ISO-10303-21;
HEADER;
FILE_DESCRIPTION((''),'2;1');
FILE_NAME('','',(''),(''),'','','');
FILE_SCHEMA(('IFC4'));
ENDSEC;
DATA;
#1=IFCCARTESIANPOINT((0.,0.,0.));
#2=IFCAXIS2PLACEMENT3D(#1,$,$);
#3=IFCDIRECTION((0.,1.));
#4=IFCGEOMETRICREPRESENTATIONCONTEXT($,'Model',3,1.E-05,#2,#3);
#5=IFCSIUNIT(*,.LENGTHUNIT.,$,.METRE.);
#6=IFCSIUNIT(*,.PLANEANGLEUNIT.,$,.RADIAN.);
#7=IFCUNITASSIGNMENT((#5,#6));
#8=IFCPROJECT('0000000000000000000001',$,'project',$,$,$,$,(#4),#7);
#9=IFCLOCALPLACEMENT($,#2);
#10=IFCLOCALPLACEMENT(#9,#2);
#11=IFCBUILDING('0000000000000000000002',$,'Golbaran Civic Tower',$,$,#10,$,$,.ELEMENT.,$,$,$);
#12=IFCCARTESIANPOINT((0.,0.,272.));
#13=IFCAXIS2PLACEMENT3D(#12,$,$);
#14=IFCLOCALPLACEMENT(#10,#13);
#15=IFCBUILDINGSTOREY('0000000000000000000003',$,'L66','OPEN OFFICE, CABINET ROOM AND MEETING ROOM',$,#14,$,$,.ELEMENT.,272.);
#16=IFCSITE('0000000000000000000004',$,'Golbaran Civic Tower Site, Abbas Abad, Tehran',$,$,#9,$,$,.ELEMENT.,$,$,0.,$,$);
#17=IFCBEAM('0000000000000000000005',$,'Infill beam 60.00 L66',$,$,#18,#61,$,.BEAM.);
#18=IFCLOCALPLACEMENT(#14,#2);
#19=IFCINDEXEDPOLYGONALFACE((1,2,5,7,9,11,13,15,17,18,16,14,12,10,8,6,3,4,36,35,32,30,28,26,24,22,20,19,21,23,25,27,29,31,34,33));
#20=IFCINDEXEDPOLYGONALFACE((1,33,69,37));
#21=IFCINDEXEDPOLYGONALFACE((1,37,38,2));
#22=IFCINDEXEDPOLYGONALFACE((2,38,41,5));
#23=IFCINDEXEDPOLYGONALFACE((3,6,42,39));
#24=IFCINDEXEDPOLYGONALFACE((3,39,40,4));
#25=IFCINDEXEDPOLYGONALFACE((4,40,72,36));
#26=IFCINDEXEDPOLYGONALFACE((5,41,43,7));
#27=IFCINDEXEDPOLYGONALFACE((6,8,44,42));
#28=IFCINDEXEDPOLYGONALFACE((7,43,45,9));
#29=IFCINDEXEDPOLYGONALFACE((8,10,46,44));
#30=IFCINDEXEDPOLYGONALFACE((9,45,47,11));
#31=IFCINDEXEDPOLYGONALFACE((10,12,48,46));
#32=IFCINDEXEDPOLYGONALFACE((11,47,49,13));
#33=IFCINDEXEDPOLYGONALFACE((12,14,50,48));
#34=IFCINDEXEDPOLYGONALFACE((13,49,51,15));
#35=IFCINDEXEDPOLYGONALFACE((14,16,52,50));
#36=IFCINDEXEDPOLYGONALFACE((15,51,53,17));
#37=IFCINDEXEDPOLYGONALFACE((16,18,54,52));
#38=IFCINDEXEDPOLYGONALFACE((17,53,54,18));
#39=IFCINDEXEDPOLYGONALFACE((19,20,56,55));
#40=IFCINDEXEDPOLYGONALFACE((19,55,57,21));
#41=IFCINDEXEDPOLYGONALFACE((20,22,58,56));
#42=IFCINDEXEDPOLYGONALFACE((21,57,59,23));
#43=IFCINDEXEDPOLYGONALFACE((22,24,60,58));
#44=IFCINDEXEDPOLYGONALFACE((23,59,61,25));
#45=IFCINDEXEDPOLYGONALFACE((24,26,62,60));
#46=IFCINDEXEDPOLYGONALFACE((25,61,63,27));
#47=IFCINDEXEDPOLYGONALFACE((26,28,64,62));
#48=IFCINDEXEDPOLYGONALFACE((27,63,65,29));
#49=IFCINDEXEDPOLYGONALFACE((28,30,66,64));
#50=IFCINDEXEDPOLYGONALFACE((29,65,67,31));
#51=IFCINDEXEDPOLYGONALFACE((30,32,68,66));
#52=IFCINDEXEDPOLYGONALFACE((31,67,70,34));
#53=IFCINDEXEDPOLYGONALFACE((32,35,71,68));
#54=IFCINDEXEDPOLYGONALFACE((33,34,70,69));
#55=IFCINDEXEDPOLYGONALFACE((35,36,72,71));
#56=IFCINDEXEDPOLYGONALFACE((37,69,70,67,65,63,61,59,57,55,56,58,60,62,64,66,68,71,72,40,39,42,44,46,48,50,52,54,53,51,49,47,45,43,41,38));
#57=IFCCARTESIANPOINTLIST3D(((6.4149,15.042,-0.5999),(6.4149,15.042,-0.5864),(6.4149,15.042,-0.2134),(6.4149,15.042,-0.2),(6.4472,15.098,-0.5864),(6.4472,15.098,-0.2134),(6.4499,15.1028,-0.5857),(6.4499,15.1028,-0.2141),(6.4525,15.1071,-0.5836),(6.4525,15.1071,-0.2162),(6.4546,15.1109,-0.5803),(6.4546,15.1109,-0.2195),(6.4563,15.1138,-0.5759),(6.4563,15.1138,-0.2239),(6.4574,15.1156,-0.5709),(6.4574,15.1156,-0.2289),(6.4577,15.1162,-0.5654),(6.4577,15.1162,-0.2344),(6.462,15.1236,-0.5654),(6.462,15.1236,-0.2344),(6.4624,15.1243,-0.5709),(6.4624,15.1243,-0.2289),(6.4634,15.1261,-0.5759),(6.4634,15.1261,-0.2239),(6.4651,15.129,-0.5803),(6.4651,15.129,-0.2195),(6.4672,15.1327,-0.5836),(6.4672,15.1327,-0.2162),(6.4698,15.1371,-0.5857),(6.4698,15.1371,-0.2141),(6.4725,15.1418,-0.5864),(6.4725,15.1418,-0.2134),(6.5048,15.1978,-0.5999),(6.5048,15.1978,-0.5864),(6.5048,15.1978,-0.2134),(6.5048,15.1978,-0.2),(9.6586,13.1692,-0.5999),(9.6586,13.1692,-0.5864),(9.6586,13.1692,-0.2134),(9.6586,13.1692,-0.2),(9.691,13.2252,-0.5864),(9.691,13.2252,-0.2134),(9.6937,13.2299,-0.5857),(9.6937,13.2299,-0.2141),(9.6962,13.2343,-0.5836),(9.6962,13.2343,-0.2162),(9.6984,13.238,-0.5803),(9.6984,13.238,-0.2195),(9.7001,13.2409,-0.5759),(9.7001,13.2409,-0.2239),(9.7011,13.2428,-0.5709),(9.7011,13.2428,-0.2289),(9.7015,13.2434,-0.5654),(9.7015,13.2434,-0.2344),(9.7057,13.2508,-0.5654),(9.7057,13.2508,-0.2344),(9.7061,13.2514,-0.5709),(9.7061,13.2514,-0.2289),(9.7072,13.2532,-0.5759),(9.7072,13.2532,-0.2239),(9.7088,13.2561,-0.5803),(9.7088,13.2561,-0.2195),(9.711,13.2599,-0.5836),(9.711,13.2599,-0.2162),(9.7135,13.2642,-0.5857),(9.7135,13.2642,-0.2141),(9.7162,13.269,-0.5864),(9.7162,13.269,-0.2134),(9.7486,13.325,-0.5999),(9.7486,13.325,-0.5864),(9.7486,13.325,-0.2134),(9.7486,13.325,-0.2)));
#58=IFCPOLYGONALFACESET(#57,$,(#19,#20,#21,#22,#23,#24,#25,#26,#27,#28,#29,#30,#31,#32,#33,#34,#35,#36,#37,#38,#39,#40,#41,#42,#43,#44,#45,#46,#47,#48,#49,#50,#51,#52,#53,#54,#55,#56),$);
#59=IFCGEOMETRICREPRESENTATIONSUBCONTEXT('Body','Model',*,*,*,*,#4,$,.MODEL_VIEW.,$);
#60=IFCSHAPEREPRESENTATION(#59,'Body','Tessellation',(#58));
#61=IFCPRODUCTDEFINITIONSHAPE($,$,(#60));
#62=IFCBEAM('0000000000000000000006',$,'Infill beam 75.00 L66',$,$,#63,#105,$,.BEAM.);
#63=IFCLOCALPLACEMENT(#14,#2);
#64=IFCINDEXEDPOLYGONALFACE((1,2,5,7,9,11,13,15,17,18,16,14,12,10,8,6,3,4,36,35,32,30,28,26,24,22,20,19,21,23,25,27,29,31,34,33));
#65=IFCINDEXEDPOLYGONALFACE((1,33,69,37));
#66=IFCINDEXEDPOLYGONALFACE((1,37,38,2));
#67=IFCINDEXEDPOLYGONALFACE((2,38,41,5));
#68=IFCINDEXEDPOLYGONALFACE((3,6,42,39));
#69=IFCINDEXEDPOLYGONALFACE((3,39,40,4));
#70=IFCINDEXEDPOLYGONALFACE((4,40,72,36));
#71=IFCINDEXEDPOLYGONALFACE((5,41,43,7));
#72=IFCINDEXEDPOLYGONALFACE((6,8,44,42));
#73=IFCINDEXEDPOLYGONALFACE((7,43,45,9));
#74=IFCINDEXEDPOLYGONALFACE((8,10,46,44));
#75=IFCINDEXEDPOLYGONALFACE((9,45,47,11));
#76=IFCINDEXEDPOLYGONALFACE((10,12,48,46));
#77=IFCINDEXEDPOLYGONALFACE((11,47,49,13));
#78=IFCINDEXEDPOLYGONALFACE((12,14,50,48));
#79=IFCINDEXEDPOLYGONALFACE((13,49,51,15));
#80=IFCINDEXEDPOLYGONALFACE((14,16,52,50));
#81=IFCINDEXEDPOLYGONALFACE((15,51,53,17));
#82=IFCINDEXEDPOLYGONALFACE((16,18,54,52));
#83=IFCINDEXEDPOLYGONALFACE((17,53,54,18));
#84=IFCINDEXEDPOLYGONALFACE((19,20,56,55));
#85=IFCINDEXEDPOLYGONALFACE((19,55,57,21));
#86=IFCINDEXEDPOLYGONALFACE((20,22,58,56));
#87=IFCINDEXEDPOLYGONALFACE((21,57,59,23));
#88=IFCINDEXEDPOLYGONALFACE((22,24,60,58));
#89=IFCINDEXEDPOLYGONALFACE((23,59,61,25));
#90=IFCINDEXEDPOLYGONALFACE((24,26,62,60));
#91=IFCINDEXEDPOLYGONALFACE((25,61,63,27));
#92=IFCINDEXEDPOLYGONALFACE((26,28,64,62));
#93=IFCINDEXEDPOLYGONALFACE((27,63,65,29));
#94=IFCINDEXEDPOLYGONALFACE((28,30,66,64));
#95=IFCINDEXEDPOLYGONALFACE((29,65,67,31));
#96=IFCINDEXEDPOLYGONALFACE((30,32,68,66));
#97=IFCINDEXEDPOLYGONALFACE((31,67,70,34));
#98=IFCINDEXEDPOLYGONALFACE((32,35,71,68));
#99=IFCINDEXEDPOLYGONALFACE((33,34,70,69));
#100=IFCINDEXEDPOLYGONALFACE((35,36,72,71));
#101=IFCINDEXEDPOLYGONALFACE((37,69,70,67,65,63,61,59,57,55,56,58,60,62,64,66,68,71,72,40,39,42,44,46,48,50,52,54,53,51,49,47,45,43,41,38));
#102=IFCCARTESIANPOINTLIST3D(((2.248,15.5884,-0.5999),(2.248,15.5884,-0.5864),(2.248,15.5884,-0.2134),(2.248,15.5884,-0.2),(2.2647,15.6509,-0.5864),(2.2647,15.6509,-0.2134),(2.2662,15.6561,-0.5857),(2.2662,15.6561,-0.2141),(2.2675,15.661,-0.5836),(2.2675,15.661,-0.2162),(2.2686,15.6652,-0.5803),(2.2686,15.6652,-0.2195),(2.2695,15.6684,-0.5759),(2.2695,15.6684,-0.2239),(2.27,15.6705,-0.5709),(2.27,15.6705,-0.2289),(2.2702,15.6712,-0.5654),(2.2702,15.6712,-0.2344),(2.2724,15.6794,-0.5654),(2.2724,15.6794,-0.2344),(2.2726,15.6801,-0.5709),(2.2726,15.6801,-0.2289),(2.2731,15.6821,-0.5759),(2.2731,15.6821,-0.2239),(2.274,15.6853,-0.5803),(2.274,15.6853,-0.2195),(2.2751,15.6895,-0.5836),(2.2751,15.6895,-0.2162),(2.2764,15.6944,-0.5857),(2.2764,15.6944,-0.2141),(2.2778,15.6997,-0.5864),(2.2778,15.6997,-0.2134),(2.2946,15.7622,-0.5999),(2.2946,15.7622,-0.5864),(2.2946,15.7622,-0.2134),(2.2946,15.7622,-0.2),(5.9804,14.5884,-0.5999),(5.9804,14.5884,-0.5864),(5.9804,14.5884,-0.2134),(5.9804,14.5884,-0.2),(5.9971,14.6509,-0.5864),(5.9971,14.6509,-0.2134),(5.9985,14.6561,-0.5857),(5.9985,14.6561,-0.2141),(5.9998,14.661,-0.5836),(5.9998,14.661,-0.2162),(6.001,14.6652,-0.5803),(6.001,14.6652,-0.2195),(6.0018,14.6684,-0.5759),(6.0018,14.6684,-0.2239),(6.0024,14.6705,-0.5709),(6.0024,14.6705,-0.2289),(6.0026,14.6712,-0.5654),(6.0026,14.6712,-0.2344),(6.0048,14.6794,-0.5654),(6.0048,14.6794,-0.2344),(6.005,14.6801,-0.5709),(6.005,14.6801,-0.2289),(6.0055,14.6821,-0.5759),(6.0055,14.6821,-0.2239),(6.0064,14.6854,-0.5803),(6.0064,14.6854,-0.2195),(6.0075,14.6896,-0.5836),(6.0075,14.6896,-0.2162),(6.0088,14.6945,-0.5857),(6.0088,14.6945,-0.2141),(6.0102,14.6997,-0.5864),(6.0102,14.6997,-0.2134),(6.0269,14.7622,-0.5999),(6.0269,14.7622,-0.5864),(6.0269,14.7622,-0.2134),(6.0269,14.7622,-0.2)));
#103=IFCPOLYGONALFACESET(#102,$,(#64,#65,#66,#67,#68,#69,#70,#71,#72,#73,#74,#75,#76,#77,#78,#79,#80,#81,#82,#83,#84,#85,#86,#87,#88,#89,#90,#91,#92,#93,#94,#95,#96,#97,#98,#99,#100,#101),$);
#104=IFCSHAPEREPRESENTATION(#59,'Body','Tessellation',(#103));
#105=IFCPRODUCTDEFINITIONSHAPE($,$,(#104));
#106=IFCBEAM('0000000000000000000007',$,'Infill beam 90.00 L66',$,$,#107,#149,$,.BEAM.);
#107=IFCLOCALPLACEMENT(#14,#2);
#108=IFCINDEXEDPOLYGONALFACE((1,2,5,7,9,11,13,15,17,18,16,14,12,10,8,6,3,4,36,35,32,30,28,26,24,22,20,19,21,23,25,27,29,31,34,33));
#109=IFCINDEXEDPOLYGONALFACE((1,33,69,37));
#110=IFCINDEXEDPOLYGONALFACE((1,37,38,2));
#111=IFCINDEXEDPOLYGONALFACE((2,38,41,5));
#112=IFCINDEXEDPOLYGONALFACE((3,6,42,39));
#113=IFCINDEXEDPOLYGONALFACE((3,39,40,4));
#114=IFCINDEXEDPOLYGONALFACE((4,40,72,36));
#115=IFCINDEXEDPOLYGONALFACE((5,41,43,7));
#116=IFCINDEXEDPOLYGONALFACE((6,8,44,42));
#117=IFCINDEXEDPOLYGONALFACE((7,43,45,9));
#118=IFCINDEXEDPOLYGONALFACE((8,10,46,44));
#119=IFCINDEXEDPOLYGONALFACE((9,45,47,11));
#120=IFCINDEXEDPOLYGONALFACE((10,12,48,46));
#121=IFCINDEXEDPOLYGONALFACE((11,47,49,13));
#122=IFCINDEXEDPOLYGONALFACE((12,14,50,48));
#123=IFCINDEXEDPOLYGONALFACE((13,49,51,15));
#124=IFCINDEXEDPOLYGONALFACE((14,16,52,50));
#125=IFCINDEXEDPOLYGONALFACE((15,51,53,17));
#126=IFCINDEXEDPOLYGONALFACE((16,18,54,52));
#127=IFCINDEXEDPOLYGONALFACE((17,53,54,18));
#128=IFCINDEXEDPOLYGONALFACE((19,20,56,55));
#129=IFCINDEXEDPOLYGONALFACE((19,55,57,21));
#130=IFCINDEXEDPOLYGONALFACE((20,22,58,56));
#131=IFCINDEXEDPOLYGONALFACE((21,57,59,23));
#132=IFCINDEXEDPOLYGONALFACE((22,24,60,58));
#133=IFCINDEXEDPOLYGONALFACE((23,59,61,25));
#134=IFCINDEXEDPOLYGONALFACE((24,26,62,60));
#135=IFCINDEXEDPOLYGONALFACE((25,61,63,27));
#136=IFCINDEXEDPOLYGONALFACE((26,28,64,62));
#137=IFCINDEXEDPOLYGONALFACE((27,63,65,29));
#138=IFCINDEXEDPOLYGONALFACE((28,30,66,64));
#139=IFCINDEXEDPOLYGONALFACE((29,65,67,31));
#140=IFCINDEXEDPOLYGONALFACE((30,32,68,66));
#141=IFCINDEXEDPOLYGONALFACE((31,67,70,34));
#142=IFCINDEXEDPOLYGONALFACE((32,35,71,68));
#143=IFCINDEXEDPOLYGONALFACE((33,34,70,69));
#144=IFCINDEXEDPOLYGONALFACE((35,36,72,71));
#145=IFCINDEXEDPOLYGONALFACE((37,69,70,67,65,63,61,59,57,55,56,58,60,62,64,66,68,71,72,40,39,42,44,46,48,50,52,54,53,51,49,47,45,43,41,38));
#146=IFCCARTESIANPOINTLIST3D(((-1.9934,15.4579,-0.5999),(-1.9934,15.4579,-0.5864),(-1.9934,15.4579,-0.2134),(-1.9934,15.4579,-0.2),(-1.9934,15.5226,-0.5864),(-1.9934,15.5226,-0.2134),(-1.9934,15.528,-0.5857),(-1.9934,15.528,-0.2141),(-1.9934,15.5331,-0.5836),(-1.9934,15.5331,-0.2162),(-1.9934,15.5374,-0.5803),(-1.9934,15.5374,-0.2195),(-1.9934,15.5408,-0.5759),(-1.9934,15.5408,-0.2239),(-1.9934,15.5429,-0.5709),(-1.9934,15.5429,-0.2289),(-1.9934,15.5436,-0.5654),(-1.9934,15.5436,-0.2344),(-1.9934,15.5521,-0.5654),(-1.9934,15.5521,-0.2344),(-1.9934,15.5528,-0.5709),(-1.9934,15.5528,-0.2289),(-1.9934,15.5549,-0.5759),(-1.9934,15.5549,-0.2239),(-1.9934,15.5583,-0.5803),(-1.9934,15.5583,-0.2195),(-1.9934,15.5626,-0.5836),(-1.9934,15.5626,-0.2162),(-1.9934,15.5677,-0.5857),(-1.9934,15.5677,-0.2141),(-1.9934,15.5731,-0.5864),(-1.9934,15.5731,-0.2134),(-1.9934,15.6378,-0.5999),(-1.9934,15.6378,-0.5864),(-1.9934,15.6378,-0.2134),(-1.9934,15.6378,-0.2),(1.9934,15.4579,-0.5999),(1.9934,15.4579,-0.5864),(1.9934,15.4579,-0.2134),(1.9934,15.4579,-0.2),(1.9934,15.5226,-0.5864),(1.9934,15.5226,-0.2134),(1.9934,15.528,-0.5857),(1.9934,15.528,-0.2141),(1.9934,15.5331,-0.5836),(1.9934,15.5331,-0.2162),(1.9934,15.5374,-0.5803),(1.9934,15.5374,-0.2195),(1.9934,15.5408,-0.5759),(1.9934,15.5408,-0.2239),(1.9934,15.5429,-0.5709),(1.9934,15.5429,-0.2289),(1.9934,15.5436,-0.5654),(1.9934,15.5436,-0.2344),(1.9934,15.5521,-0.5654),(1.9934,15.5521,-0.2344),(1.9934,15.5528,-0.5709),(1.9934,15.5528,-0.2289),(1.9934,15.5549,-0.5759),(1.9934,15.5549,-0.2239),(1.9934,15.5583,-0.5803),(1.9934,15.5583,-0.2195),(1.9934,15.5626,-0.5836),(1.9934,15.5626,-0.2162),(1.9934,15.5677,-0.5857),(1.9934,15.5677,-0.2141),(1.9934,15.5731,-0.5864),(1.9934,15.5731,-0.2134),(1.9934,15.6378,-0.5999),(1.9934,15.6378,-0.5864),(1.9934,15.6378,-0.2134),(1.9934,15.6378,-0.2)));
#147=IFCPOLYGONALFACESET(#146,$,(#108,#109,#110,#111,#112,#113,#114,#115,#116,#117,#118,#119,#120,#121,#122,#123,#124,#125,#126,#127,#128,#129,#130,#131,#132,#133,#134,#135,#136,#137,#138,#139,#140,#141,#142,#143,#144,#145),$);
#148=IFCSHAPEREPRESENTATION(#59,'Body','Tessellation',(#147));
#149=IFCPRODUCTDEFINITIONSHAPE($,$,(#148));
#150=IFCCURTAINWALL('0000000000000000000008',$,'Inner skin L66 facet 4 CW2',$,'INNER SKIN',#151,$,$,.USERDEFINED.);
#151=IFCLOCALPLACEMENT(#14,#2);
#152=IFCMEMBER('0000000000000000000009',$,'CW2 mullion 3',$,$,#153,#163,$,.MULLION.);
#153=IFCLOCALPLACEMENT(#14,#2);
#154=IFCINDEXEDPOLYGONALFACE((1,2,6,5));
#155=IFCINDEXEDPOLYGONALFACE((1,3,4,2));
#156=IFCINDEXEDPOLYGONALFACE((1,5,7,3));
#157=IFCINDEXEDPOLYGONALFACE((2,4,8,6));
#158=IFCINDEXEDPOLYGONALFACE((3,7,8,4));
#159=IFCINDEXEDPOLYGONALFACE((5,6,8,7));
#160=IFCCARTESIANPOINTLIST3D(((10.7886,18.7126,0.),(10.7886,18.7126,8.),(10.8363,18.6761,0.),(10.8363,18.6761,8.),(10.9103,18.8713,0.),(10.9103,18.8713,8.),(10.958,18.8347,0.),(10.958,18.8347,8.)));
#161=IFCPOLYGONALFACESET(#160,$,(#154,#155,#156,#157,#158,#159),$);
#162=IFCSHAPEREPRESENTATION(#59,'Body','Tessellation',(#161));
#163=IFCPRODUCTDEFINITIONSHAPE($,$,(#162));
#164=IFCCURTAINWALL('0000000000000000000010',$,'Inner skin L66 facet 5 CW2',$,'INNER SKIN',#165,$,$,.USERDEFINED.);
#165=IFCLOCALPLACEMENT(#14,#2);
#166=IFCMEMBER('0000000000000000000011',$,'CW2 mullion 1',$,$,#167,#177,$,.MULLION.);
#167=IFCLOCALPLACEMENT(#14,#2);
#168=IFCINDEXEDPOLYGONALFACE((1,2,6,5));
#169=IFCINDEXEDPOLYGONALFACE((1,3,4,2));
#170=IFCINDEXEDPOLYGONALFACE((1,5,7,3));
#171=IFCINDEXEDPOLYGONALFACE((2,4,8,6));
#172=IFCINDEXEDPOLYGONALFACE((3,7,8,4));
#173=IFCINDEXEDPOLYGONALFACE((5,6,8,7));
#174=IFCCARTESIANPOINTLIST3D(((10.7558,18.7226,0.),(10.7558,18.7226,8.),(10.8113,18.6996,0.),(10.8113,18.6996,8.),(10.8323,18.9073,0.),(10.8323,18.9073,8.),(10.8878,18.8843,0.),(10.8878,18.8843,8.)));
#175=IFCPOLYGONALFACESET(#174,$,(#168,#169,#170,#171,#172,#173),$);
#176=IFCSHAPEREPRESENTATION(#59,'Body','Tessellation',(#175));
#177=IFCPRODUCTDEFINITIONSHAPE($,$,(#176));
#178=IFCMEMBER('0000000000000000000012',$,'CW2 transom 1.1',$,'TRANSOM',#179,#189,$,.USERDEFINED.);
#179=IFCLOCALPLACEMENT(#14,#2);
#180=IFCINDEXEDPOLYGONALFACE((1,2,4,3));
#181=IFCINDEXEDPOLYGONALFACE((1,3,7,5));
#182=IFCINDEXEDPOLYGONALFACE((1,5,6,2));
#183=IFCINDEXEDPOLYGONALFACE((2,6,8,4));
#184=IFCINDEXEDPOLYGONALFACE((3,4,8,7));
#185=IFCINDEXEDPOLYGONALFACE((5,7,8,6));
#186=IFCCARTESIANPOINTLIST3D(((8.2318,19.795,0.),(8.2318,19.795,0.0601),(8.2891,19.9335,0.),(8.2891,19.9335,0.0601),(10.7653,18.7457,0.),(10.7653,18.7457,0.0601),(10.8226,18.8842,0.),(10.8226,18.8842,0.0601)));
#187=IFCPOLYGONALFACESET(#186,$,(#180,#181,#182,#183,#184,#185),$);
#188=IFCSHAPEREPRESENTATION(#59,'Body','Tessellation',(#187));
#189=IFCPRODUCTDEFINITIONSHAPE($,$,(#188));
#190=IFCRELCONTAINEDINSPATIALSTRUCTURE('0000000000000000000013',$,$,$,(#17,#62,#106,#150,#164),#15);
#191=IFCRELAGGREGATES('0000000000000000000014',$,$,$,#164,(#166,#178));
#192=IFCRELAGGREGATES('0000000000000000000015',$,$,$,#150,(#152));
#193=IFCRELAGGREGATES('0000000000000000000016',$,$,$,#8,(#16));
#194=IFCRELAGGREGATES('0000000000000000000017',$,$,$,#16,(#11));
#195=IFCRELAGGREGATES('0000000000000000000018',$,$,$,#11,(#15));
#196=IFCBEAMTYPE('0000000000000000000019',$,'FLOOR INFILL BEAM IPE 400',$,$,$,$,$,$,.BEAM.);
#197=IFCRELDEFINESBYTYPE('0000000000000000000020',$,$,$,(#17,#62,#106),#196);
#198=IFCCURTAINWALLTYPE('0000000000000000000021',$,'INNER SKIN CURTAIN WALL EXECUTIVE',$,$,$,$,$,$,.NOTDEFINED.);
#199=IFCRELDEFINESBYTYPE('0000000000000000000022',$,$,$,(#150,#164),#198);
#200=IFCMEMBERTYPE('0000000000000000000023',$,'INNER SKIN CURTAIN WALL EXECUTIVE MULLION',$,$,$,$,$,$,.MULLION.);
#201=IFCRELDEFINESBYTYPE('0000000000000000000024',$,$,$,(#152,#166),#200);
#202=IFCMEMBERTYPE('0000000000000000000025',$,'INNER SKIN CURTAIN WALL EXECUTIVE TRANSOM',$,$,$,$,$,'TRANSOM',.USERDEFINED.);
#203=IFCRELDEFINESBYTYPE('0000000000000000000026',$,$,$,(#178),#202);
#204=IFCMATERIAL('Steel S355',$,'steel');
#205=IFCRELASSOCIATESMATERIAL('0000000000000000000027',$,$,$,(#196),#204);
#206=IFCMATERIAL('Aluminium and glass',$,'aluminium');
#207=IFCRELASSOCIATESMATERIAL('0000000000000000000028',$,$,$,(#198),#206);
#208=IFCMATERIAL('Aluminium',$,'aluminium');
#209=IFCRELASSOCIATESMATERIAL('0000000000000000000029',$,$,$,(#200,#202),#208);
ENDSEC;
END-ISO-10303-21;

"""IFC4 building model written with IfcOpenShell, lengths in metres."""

from ifc_helpers import new_model, si_unit, direction, frame, origin, origin_2d, place, context, subcontext, project, spatial, rectangle, i_section, extrude, material, material_profile, profile_set, type_object, element, aggregate, save


model = new_model("IFC4")

# Units and contexts
model_context = context("Model", 3, precision=1e-05, world=origin(), true_north=direction((0.0, 1.0)))
body_context = subcontext(model_context, "Body", "Model", "MODEL_VIEW")
ifc_project = project(units=[si_unit("LENGTHUNIT", "METRE"), si_unit("PLANEANGLEUNIT", "RADIAN")], contexts=[model_context])

# Site, building, storey
site_placement = place(None, origin())
site = spatial("IfcSite", under=ifc_project, at=site_placement, Name="Golbaran Civic Tower Site, Abbas Abad, Tehran", CompositionType="ELEMENT", RefElevation=0.0)
building_placement = place(site_placement, origin())
building = spatial("IfcBuilding", under=site, at=building_placement, Name="Golbaran Civic Tower", CompositionType="ELEMENT")
storey_placement = place(building_placement, frame((0.0, 0.0, 272.0)))
storey = spatial("IfcBuildingStorey", under=building, at=storey_placement, Name="L66", Description="OPEN OFFICE, CABINET ROOM AND MEETING ROOM", CompositionType="ELEMENT", Elevation=272.0)

# Beams
ifc_material_1 = material(Name="Steel S355", Category="steel")
ifc_material_profile_1 = material_profile(ifc_material_1, i_section(OverallWidth=0.1799, OverallDepth=0.3999, WebThickness=0.0085, FlangeThickness=0.0134, FilletRadius=0.021, at=origin_2d()), Name="IPE 400")
ifc_profile_set_1 = profile_set([ifc_material_profile_1], Name="Steel S355")
beam_type_1 = type_object("IfcBeamType", Name="FLOOR INFILL BEAM IPE 400", PredefinedType="BEAM", material=ifc_profile_set_1)
beam_1_placement = place(storey_placement, frame((9.7036, 13.2471, -0.3999), z_axis=(-0.866016, 0.500016, 0.0), x_axis=(-0.500016, -0.866016, 0.0)))
element("IfcBeam", 1, at=beam_1_placement, inside=storey, type_object=beam_type_1, Name="Infill beam 60.00 L66", PredefinedType="BEAM", context=body_context, shape_type="SweptSolid", body=[
    extrude(i_section(OverallWidth=0.1799, OverallDepth=0.3999, WebThickness=0.0085, FlangeThickness=0.0134, FilletRadius=0.021, at=origin_2d()), origin(), (0.0, 0.0, 1.0), 3.7456),
])
beam_2_placement = place(storey_placement, frame((6.0037, 14.6753, -0.3999), z_axis=(-0.965932, 0.258795, 0.0), x_axis=(-0.258795, -0.965932, 0.0)))
element("IfcBeam", 2, at=beam_2_placement, inside=storey, type_object=beam_type_1, Name="Infill beam 75.00 L66", PredefinedType="BEAM", context=body_context, shape_type="SweptSolid", body=[
    extrude(i_section(OverallWidth=0.1799, OverallDepth=0.3999, WebThickness=0.0085, FlangeThickness=0.0134, FilletRadius=0.021, at=origin_2d()), origin(), (0.0, 0.0, 1.0), 3.864),
])
beam_3_placement = place(storey_placement, frame((1.9934, 15.5479, -0.3999), z_axis=(-1.0, 0.0, 0.0), x_axis=(0.0, -1.0, 0.0)))
element("IfcBeam", 3, at=beam_3_placement, inside=storey, type_object=beam_type_1, Name="Infill beam 90.00 L66", PredefinedType="BEAM", context=body_context, shape_type="SweptSolid", body=[
    extrude(i_section(OverallWidth=0.1799, OverallDepth=0.3999, WebThickness=0.0085, FlangeThickness=0.0134, FilletRadius=0.021, at=origin_2d()), origin(), (0.0, 0.0, 1.0), 3.9868),
])

# Curtain wall, member
ifc_material_2 = material(Name="Aluminium and glass", Category="aluminium")
curtain_wall_type = type_object("IfcCurtainWallType", Name="INNER SKIN CURTAIN WALL EXECUTIVE", PredefinedType="NOTDEFINED", material=ifc_material_2)
curtain_wall_1_placement = place(storey_placement, origin())
curtain_wall_1 = element("IfcCurtainWall", 4, at=curtain_wall_1_placement, inside=storey, type_object=curtain_wall_type, Name="Inner skin L66 facet 4 CW2", ObjectType="INNER SKIN", PredefinedType="USERDEFINED")
ifc_material_3 = material(Name="Aluminium", Category="aluminium")
ifc_material_profile_2 = material_profile(ifc_material_3, rectangle(XDim=0.2, YDim=0.0601, at=origin_2d()), Name="INNER SKIN CURTAIN WALL EXECUTIVE MULLION")
ifc_profile_set_2 = profile_set([ifc_material_profile_2], Name="Aluminium")
member_type_1 = type_object("IfcMemberType", Name="INNER SKIN CURTAIN WALL EXECUTIVE MULLION", PredefinedType="MULLION", material=ifc_profile_set_2)
member_1_placement = place(storey_placement, frame((10.8733, 18.7737, 0.0), z_axis=(0.0, 0.0, 1.0), x_axis=(-0.608761, -0.793353, 0.0)))
member_1 = element("IfcMember", 5, at=member_1_placement, type_object=member_type_1, Name="CW2 mullion 3", PredefinedType="MULLION", context=body_context, shape_type="SweptSolid", body=[
    extrude(rectangle(XDim=0.2, YDim=0.0601, at=origin_2d()), origin(), (0.0, 0.0, 1.0), 8.0),
])

# Curtain wall, members
curtain_wall_2_placement = place(storey_placement, origin())
curtain_wall_2 = element("IfcCurtainWall", 6, at=curtain_wall_2_placement, inside=storey, type_object=curtain_wall_type, Name="Inner skin L66 facet 5 CW2", ObjectType="INNER SKIN", PredefinedType="USERDEFINED")
member_2_placement = place(storey_placement, frame((10.8218, 18.8035, 0.0), z_axis=(0.0, 0.0, 1.0), x_axis=(-0.382683, -0.92388, 0.0)))
member_2 = element("IfcMember", 7, at=member_2_placement, type_object=member_type_1, Name="CW2 mullion 1", PredefinedType="MULLION", context=body_context, shape_type="SweptSolid", body=[
    extrude(rectangle(XDim=0.2, YDim=0.0601, at=origin_2d()), origin(), (0.0, 0.0, 1.0), 8.0),
])
ifc_material_profile_3 = material_profile(ifc_material_3, rectangle(XDim=0.1499, YDim=0.0601, at=origin_2d()), Name="INNER SKIN CURTAIN WALL EXECUTIVE TRANSOM")
ifc_profile_set_3 = profile_set([ifc_material_profile_3], Name="Aluminium")
member_type_2 = type_object("IfcMemberType", Name="INNER SKIN CURTAIN WALL EXECUTIVE TRANSOM", ElementType="TRANSOM", PredefinedType="USERDEFINED", material=ifc_profile_set_3)
member_3_placement = place(storey_placement, frame((10.7939, 18.8149, 0.03), z_axis=(-0.923889, 0.382661, 0.0), x_axis=(-0.382661, -0.923889, 0.0)))
member_3 = element("IfcMember", 8, at=member_3_placement, type_object=member_type_2, Name="CW2 transom 1.1", ObjectType="TRANSOM", PredefinedType="USERDEFINED", context=body_context, shape_type="SweptSolid", body=[
    extrude(rectangle(XDim=0.1499, YDim=0.0601, at=origin_2d()), origin(), (0.0, 0.0, 1.0), 2.7422),
])
aggregate(curtain_wall_2, [member_2, member_3])

aggregate(curtain_wall_1, [member_1])

save(model, "model.ifc")
